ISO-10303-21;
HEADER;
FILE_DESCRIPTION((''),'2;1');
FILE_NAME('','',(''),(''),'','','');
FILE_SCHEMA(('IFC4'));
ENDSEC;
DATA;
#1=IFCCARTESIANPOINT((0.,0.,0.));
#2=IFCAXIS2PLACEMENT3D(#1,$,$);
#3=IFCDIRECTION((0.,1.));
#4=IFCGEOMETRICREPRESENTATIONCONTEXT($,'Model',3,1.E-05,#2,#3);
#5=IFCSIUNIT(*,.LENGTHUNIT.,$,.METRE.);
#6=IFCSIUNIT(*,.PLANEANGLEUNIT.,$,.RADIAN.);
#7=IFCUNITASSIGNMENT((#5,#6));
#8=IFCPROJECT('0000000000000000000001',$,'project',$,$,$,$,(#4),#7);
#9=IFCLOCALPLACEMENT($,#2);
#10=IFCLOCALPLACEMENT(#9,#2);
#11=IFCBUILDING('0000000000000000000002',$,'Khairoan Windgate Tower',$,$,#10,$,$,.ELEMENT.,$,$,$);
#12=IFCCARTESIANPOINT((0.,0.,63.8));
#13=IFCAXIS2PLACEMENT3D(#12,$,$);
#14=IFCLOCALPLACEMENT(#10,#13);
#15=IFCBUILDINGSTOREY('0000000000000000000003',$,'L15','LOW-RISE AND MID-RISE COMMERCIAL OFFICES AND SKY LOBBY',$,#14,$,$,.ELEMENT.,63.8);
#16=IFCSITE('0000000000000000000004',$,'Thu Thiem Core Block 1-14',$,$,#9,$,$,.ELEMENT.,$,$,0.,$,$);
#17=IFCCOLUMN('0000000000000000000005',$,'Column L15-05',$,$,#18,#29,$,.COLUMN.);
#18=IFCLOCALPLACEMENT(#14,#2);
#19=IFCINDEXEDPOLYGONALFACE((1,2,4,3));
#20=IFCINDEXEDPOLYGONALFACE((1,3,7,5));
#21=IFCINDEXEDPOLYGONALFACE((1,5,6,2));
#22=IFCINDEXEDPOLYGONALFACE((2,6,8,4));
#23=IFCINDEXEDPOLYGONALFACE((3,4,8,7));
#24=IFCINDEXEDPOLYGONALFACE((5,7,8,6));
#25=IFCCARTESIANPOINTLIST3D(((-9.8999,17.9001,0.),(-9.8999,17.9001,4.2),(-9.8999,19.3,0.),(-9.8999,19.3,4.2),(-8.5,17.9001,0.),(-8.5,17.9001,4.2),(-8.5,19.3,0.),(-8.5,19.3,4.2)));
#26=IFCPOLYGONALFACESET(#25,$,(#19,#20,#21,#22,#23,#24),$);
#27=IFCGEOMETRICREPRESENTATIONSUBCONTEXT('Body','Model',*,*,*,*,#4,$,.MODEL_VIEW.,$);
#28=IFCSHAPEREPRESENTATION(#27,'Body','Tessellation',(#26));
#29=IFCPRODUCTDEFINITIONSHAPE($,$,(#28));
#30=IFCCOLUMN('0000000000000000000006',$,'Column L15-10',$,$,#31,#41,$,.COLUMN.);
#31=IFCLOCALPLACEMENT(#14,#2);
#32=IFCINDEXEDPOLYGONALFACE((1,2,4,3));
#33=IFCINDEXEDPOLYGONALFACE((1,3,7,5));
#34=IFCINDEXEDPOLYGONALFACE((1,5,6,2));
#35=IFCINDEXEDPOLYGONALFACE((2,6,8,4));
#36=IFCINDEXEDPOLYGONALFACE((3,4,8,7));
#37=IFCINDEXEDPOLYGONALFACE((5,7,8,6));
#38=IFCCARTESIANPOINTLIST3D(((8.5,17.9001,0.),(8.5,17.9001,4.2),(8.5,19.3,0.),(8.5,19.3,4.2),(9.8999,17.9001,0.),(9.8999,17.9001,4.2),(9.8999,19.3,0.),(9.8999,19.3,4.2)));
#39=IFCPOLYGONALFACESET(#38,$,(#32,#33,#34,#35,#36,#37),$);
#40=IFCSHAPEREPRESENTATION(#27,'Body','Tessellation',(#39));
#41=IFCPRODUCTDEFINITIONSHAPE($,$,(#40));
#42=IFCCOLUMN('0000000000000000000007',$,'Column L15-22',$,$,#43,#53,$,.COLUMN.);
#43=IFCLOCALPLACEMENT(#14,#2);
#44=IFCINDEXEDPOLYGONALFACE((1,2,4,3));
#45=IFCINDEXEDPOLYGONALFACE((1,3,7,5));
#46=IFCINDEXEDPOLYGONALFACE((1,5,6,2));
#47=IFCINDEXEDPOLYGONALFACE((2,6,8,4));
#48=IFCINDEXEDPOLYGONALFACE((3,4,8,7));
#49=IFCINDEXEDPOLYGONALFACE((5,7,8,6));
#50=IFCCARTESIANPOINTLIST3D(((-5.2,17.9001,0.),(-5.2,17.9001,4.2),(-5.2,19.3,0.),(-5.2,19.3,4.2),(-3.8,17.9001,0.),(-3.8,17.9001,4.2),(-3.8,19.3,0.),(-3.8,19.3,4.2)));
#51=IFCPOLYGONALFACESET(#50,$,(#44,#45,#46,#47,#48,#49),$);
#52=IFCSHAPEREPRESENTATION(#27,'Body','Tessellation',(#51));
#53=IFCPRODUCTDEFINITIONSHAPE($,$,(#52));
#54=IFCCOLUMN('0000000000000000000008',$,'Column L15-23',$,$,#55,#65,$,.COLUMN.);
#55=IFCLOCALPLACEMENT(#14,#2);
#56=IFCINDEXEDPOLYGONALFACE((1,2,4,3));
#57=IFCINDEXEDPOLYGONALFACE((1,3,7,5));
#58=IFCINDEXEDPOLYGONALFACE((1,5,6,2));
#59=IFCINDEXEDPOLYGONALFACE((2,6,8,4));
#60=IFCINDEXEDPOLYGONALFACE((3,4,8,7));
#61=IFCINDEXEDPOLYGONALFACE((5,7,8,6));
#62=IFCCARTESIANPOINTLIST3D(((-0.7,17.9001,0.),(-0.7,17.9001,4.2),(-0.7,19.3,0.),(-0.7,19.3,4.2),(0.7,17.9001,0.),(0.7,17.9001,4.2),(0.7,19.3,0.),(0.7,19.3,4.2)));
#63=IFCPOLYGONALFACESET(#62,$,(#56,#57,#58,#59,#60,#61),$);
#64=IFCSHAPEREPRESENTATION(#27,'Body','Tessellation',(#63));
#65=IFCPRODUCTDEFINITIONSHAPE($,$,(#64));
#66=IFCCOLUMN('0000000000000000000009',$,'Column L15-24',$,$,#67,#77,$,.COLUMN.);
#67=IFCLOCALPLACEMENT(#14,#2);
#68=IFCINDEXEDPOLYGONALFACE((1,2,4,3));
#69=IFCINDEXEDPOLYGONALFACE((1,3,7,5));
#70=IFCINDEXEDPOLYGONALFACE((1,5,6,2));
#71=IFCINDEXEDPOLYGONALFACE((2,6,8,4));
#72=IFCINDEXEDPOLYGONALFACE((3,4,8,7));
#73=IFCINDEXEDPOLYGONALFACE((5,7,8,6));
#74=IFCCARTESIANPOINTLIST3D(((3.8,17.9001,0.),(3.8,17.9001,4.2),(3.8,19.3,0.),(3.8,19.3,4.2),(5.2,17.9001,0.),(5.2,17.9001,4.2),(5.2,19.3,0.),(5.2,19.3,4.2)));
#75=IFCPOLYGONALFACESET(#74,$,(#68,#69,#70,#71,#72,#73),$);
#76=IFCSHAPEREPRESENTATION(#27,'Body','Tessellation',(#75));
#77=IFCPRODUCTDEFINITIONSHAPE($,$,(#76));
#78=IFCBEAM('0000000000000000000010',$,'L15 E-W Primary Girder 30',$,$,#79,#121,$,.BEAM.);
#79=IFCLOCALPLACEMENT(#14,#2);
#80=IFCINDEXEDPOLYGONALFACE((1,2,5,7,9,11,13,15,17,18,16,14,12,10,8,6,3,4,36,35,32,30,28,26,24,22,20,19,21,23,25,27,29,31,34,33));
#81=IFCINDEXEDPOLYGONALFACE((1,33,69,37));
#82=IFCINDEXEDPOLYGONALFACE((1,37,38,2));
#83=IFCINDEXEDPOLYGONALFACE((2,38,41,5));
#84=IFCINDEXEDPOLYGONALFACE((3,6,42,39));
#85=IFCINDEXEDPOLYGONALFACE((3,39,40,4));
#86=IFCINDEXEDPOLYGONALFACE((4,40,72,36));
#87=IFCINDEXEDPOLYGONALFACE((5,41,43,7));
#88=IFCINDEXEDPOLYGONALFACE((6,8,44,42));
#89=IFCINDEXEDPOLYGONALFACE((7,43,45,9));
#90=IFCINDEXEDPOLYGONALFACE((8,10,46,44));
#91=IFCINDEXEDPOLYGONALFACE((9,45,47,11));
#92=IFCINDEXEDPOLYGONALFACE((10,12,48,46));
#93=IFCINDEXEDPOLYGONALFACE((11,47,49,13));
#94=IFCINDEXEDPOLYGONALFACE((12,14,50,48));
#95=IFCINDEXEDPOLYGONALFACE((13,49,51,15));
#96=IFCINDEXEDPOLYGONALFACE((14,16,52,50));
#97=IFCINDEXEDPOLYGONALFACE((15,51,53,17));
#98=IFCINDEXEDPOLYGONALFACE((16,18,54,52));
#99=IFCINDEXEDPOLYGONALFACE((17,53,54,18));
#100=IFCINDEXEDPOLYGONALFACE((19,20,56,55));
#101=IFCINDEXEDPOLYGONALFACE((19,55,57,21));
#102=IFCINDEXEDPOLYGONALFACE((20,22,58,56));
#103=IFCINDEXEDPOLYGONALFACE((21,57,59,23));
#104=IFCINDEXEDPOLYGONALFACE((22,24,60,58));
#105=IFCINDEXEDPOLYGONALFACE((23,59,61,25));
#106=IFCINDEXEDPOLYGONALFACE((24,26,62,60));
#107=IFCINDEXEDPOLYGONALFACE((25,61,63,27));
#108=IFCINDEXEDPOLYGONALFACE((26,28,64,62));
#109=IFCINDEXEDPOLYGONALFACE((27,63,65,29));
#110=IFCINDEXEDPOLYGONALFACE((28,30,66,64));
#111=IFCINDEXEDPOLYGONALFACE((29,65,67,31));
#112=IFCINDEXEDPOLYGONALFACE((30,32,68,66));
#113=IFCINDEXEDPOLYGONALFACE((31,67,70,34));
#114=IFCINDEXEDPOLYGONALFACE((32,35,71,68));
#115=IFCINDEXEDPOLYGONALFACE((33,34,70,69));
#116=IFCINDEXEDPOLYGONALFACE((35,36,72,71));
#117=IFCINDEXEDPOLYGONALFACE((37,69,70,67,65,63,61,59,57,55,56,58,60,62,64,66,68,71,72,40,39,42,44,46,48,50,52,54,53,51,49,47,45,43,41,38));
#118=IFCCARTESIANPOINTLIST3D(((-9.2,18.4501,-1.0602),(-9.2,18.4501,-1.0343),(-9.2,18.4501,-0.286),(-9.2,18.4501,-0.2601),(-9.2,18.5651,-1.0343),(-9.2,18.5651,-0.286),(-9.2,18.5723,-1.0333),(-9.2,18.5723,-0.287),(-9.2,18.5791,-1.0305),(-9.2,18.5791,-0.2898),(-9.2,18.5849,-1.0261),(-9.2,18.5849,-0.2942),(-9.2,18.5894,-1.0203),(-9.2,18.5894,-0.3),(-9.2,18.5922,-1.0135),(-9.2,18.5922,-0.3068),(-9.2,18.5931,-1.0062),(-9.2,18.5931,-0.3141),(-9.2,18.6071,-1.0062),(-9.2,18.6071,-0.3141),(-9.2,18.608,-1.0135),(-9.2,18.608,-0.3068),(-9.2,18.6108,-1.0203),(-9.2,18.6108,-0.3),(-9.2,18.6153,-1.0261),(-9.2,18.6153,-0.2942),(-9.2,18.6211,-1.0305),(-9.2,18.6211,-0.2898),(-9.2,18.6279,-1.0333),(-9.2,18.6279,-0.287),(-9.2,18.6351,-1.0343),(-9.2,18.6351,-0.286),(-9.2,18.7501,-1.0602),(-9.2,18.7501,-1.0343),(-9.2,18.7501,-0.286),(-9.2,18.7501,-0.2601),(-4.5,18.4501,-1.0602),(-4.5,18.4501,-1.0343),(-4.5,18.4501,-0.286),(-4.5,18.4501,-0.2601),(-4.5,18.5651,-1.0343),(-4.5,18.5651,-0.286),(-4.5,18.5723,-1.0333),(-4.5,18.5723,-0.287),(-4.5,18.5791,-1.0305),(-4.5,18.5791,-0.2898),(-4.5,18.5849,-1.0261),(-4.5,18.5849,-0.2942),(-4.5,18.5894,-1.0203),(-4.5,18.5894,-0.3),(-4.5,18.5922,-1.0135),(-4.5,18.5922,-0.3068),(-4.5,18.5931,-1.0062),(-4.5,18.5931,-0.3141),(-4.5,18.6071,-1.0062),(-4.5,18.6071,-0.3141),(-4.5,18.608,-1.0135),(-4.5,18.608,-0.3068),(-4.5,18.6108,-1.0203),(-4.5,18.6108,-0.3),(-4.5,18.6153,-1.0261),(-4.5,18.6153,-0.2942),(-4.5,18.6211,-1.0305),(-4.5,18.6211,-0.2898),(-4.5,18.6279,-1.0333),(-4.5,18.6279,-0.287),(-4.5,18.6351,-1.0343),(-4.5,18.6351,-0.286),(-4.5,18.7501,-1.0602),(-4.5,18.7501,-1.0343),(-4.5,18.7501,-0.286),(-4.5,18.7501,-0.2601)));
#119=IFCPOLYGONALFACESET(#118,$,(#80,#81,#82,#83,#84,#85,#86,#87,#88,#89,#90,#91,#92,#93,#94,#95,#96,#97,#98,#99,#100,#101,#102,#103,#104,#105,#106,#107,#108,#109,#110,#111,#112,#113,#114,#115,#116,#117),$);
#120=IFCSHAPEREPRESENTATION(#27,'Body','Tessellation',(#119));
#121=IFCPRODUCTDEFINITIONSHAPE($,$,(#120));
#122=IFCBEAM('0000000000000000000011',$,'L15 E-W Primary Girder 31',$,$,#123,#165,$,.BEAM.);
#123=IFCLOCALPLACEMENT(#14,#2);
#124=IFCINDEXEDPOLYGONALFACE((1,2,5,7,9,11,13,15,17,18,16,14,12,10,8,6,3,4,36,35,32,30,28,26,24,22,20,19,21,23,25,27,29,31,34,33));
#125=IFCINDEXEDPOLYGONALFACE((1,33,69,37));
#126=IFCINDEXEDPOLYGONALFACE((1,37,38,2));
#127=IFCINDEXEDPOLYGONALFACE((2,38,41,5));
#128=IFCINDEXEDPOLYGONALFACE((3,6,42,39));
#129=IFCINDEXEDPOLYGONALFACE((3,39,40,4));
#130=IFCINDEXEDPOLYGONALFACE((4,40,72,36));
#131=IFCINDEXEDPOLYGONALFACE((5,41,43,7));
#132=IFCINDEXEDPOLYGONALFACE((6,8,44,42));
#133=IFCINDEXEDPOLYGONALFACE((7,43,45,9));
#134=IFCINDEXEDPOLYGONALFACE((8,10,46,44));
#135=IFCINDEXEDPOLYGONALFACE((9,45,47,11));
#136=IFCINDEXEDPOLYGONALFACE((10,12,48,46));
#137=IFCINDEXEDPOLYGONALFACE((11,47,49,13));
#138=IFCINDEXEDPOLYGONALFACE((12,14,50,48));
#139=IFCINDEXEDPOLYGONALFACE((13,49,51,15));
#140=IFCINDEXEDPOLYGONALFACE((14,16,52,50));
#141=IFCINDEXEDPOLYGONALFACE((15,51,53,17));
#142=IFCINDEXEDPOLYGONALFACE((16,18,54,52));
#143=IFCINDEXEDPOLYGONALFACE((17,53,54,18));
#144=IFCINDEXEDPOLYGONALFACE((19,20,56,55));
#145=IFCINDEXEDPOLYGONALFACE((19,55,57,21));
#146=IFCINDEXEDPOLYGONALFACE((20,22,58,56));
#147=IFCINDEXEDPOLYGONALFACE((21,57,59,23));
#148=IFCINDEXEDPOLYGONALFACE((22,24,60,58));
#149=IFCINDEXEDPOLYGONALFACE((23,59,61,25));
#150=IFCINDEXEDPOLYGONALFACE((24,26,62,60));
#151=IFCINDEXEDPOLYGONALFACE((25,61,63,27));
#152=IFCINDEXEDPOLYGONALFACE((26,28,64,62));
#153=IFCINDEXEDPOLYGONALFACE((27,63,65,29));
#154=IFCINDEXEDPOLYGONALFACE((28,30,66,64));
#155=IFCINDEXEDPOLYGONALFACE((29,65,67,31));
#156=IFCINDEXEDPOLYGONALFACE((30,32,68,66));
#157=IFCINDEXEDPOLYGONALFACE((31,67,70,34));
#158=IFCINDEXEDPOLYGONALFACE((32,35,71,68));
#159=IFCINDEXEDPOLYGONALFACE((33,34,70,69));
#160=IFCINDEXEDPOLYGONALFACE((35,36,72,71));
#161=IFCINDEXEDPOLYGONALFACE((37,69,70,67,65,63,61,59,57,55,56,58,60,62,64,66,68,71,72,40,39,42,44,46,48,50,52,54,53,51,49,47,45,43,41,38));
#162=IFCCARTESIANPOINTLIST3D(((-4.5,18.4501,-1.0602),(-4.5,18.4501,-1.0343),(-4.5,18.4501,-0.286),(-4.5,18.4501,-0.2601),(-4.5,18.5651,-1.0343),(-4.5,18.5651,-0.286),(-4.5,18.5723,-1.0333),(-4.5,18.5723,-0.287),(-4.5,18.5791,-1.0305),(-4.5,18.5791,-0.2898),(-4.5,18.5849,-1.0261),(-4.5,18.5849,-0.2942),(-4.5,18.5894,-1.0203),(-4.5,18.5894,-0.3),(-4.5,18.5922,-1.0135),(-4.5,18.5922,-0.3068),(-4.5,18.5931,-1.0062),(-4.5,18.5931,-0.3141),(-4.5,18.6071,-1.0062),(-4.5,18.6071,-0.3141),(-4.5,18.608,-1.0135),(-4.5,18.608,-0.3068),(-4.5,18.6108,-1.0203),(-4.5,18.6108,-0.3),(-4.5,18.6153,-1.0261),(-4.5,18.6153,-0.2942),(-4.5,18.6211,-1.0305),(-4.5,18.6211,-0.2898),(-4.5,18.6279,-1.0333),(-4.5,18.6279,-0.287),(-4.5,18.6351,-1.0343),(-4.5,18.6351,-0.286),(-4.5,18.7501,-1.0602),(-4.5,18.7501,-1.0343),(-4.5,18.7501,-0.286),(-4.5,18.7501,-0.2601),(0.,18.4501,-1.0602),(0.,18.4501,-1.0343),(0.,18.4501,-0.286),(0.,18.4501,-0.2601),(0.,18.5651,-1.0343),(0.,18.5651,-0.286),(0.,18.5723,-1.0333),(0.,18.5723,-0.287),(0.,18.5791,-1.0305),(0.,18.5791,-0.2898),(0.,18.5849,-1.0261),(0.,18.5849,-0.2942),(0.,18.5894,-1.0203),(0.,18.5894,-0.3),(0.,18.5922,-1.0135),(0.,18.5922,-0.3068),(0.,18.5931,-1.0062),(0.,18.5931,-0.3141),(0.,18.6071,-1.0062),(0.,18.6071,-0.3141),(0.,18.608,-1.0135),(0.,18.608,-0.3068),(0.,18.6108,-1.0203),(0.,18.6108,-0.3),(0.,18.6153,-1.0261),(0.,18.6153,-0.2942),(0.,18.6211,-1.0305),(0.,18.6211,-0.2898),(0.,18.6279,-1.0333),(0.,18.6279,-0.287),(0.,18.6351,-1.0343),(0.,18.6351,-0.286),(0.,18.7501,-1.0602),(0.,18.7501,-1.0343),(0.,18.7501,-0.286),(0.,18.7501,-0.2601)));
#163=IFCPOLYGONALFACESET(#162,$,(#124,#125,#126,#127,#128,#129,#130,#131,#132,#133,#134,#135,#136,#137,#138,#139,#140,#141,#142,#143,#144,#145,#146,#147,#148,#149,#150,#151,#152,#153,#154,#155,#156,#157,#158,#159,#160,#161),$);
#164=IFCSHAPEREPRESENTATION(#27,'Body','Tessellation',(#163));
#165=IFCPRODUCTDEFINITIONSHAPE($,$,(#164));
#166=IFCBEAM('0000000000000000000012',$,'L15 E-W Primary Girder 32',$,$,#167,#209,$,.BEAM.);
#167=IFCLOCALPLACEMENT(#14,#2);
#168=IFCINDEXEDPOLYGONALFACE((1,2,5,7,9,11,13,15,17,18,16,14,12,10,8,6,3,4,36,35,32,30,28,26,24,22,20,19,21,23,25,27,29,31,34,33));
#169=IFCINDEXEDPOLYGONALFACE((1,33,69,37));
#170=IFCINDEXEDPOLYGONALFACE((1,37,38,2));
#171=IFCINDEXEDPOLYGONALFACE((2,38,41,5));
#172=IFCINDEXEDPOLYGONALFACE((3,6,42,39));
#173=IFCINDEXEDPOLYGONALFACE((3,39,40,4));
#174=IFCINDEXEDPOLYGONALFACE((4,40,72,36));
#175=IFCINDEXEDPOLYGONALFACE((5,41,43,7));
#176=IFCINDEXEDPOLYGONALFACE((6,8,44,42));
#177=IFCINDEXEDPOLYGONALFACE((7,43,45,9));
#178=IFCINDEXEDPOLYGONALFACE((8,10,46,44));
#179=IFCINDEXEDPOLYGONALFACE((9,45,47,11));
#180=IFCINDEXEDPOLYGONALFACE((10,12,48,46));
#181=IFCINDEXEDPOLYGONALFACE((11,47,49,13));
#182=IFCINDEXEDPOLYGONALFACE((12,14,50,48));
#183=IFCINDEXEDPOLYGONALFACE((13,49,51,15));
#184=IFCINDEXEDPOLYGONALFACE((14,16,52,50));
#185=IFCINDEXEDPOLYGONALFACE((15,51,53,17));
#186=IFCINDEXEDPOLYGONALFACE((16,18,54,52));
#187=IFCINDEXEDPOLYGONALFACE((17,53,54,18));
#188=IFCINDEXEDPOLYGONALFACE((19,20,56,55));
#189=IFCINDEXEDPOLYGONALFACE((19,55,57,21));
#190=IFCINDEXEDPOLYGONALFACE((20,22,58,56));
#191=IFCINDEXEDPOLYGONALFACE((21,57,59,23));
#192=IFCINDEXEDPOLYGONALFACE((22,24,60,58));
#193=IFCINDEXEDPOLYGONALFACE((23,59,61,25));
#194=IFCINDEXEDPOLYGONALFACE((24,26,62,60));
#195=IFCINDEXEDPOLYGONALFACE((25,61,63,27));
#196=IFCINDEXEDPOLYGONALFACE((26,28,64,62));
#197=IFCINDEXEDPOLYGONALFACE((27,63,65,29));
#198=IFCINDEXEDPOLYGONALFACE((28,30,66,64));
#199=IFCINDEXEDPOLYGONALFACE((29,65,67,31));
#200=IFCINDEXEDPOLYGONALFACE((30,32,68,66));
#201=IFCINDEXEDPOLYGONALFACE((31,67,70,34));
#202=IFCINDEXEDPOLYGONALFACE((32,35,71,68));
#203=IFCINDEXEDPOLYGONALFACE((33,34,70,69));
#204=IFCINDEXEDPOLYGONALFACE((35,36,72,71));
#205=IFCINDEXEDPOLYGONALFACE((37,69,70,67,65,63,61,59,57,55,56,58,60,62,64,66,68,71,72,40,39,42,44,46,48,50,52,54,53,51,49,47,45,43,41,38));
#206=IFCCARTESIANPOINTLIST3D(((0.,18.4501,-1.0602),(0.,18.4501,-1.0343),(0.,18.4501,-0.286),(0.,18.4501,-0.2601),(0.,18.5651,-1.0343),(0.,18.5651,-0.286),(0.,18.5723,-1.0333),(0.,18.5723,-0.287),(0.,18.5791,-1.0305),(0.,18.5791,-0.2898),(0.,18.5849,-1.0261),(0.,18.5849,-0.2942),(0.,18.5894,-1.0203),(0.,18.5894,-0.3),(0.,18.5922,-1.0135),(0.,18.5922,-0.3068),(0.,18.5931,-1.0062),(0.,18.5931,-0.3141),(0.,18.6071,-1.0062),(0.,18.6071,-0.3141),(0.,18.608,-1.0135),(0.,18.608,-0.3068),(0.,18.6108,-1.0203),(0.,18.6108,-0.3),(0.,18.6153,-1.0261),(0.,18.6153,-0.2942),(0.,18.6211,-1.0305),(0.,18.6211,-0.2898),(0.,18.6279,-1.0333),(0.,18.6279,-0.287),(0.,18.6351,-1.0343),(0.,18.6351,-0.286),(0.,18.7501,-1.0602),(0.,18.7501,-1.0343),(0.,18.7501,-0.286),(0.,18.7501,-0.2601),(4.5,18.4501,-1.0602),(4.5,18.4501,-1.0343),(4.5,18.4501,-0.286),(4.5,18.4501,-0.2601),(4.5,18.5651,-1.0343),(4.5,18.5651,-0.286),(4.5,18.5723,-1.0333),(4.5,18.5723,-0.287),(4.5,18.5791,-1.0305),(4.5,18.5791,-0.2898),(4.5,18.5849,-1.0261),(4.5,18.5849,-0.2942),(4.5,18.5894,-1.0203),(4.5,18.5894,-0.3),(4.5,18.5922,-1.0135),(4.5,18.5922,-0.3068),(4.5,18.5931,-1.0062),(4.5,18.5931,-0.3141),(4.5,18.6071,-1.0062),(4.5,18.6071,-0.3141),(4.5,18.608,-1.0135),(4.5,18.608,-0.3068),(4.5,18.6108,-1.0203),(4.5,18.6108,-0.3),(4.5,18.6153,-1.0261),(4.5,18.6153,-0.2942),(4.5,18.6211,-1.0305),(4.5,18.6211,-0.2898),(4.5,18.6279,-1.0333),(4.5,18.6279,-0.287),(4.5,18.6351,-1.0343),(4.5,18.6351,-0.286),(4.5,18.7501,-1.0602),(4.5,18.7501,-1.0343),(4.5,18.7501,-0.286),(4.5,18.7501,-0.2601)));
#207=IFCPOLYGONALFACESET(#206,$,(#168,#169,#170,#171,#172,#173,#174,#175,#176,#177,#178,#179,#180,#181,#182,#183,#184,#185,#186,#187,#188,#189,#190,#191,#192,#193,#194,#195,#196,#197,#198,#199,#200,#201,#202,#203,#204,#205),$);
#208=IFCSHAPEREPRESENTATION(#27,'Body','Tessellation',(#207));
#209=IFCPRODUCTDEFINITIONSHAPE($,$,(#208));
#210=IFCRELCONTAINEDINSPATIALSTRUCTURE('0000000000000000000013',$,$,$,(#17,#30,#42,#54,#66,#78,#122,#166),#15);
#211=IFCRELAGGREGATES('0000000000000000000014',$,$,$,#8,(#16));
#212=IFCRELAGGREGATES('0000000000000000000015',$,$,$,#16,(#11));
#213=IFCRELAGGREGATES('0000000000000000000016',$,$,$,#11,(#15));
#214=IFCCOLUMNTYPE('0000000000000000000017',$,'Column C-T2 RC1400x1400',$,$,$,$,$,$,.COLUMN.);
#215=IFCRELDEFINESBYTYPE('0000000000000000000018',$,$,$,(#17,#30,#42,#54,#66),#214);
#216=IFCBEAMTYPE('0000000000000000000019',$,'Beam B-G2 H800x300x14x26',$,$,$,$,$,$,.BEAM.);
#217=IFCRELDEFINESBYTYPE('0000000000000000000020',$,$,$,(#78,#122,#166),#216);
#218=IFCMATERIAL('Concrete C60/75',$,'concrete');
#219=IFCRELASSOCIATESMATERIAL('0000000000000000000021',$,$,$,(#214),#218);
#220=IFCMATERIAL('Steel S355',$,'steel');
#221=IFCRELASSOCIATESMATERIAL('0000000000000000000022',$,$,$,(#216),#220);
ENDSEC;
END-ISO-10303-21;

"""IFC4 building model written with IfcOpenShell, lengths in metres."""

from ifc_helpers import new_model, si_unit, direction, frame, origin, origin_2d, place, context, subcontext, project, spatial, rectangle, i_section, extrude, material, material_profile, profile_set, type_object, element, save


model = new_model("IFC4")

# Units and contexts
model_context = context("Model", 3, precision=1e-05, world=origin(), true_north=direction((0.0, 1.0)))
body_context = subcontext(model_context, "Body", "Model", "MODEL_VIEW")
ifc_project = project(units=[si_unit("LENGTHUNIT", "METRE"), si_unit("PLANEANGLEUNIT", "RADIAN")], contexts=[model_context])

# Site, building, storey
site_placement = place(None, origin())
site = spatial("IfcSite", under=ifc_project, at=site_placement, Name="Thu Thiem Core Block 1-14", CompositionType="ELEMENT", RefElevation=0.0)
building_placement = place(site_placement, origin())
building = spatial("IfcBuilding", under=site, at=building_placement, Name="Khairoan Windgate Tower", CompositionType="ELEMENT")
storey_placement = place(building_placement, frame((0.0, 0.0, 63.8)))
storey = spatial("IfcBuildingStorey", under=building, at=storey_placement, Name="L15", Description="LOW-RISE AND MID-RISE COMMERCIAL OFFICES AND SKY LOBBY", CompositionType="ELEMENT", Elevation=63.8)

# Columns
ifc_material_1 = material(Name="Concrete C60/75", Category="concrete")
ifc_material_profile_1 = material_profile(ifc_material_1, rectangle(XDim=1.3999, YDim=1.3999, at=origin_2d()))
ifc_profile_set_1 = profile_set([ifc_material_profile_1], Name="Concrete C60/75")
column_type = type_object("IfcColumnType", Name="Column C-T2 RC1400x1400", PredefinedType="COLUMN", material=ifc_profile_set_1)
for number, where, z_axis, x_axis, name in (
    (1, (-9.2, 18.6001, 0.0), (0.0, 0.0, 1.0), (1.0, 0.0, 0.0), "Column L15-05"),
    (2, (9.2, 18.6001, 0.0), (0.0, 0.0, 1.0), (1.0, 0.0, 0.0), "Column L15-10"),
    (3, (-4.5, 18.6001, 0.0), (0.0, 0.0, 1.0), (1.0, 0.0, 0.0), "Column L15-22"),
    (4, (0.0, 18.6001, 0.0), (0.0, 0.0, 1.0), (1.0, 0.0, 0.0), "Column L15-23"),
    (5, (4.5, 18.6001, 0.0), (0.0, 0.0, 1.0), (1.0, 0.0, 0.0), "Column L15-24"),
):
    element("IfcColumn", number, at=place(storey_placement, frame(where, z_axis=z_axis, x_axis=x_axis)), inside=storey, type_object=column_type, Name=name, PredefinedType="COLUMN", context=body_context, shape_type="SweptSolid", body=[
        extrude(rectangle(XDim=1.3999, YDim=1.3999, at=origin_2d()), origin(), (0.0, 0.0, 1.0), 4.2),
    ])

# Beams
ifc_material_2 = material(Name="Steel S355", Category="steel")
ifc_material_profile_2 = material_profile(ifc_material_2, i_section(OverallWidth=0.3, OverallDepth=0.8, WebThickness=0.0139, FlangeThickness=0.0259, FilletRadius=0.0281, at=origin_2d()))
ifc_profile_set_2 = profile_set([ifc_material_profile_2], Name="Steel S355")
beam_type_1 = type_object("IfcBeamType", Name="Beam B-G2 H800x300x14x26", PredefinedType="BEAM", material=ifc_profile_set_2)
beam_1_placement = place(storey_placement, frame((-9.2, 18.6001, -0.6602), z_axis=(1.0, 0.0, 0.0), x_axis=(0.0, 1.0, 0.0)))
element("IfcBeam", 6, at=beam_1_placement, inside=storey, type_object=beam_type_1, Name="L15 E-W Primary Girder 30", PredefinedType="BEAM", context=body_context, shape_type="SweptSolid", body=[
    extrude(i_section(OverallWidth=0.3, OverallDepth=0.8, WebThickness=0.0139, FlangeThickness=0.0259, FilletRadius=0.0281, at=origin_2d()), origin(), (0.0, 0.0, 1.0), 4.7),
])
for number, where, z_axis, x_axis, name in (
    (7, (-4.5, 18.6001, -0.6602), (1.0, 0.0, 0.0), (0.0, 1.0, 0.0), "L15 E-W Primary Girder 31"),
    (8, (0.0, 18.6001, -0.6602), (1.0, 0.0, 0.0), (0.0, 1.0, 0.0), "L15 E-W Primary Girder 32"),
):
    element("IfcBeam", number, at=place(storey_placement, frame(where, z_axis=z_axis, x_axis=x_axis)), inside=storey, type_object=beam_type_1, Name=name, PredefinedType="BEAM", context=body_context, shape_type="SweptSolid", body=[
        extrude(i_section(OverallWidth=0.3, OverallDepth=0.8, WebThickness=0.0139, FlangeThickness=0.0259, FilletRadius=0.0281, at=origin_2d()), origin(), (0.0, 0.0, 1.0), 4.5),
    ])

save(model, "model.ifc")
